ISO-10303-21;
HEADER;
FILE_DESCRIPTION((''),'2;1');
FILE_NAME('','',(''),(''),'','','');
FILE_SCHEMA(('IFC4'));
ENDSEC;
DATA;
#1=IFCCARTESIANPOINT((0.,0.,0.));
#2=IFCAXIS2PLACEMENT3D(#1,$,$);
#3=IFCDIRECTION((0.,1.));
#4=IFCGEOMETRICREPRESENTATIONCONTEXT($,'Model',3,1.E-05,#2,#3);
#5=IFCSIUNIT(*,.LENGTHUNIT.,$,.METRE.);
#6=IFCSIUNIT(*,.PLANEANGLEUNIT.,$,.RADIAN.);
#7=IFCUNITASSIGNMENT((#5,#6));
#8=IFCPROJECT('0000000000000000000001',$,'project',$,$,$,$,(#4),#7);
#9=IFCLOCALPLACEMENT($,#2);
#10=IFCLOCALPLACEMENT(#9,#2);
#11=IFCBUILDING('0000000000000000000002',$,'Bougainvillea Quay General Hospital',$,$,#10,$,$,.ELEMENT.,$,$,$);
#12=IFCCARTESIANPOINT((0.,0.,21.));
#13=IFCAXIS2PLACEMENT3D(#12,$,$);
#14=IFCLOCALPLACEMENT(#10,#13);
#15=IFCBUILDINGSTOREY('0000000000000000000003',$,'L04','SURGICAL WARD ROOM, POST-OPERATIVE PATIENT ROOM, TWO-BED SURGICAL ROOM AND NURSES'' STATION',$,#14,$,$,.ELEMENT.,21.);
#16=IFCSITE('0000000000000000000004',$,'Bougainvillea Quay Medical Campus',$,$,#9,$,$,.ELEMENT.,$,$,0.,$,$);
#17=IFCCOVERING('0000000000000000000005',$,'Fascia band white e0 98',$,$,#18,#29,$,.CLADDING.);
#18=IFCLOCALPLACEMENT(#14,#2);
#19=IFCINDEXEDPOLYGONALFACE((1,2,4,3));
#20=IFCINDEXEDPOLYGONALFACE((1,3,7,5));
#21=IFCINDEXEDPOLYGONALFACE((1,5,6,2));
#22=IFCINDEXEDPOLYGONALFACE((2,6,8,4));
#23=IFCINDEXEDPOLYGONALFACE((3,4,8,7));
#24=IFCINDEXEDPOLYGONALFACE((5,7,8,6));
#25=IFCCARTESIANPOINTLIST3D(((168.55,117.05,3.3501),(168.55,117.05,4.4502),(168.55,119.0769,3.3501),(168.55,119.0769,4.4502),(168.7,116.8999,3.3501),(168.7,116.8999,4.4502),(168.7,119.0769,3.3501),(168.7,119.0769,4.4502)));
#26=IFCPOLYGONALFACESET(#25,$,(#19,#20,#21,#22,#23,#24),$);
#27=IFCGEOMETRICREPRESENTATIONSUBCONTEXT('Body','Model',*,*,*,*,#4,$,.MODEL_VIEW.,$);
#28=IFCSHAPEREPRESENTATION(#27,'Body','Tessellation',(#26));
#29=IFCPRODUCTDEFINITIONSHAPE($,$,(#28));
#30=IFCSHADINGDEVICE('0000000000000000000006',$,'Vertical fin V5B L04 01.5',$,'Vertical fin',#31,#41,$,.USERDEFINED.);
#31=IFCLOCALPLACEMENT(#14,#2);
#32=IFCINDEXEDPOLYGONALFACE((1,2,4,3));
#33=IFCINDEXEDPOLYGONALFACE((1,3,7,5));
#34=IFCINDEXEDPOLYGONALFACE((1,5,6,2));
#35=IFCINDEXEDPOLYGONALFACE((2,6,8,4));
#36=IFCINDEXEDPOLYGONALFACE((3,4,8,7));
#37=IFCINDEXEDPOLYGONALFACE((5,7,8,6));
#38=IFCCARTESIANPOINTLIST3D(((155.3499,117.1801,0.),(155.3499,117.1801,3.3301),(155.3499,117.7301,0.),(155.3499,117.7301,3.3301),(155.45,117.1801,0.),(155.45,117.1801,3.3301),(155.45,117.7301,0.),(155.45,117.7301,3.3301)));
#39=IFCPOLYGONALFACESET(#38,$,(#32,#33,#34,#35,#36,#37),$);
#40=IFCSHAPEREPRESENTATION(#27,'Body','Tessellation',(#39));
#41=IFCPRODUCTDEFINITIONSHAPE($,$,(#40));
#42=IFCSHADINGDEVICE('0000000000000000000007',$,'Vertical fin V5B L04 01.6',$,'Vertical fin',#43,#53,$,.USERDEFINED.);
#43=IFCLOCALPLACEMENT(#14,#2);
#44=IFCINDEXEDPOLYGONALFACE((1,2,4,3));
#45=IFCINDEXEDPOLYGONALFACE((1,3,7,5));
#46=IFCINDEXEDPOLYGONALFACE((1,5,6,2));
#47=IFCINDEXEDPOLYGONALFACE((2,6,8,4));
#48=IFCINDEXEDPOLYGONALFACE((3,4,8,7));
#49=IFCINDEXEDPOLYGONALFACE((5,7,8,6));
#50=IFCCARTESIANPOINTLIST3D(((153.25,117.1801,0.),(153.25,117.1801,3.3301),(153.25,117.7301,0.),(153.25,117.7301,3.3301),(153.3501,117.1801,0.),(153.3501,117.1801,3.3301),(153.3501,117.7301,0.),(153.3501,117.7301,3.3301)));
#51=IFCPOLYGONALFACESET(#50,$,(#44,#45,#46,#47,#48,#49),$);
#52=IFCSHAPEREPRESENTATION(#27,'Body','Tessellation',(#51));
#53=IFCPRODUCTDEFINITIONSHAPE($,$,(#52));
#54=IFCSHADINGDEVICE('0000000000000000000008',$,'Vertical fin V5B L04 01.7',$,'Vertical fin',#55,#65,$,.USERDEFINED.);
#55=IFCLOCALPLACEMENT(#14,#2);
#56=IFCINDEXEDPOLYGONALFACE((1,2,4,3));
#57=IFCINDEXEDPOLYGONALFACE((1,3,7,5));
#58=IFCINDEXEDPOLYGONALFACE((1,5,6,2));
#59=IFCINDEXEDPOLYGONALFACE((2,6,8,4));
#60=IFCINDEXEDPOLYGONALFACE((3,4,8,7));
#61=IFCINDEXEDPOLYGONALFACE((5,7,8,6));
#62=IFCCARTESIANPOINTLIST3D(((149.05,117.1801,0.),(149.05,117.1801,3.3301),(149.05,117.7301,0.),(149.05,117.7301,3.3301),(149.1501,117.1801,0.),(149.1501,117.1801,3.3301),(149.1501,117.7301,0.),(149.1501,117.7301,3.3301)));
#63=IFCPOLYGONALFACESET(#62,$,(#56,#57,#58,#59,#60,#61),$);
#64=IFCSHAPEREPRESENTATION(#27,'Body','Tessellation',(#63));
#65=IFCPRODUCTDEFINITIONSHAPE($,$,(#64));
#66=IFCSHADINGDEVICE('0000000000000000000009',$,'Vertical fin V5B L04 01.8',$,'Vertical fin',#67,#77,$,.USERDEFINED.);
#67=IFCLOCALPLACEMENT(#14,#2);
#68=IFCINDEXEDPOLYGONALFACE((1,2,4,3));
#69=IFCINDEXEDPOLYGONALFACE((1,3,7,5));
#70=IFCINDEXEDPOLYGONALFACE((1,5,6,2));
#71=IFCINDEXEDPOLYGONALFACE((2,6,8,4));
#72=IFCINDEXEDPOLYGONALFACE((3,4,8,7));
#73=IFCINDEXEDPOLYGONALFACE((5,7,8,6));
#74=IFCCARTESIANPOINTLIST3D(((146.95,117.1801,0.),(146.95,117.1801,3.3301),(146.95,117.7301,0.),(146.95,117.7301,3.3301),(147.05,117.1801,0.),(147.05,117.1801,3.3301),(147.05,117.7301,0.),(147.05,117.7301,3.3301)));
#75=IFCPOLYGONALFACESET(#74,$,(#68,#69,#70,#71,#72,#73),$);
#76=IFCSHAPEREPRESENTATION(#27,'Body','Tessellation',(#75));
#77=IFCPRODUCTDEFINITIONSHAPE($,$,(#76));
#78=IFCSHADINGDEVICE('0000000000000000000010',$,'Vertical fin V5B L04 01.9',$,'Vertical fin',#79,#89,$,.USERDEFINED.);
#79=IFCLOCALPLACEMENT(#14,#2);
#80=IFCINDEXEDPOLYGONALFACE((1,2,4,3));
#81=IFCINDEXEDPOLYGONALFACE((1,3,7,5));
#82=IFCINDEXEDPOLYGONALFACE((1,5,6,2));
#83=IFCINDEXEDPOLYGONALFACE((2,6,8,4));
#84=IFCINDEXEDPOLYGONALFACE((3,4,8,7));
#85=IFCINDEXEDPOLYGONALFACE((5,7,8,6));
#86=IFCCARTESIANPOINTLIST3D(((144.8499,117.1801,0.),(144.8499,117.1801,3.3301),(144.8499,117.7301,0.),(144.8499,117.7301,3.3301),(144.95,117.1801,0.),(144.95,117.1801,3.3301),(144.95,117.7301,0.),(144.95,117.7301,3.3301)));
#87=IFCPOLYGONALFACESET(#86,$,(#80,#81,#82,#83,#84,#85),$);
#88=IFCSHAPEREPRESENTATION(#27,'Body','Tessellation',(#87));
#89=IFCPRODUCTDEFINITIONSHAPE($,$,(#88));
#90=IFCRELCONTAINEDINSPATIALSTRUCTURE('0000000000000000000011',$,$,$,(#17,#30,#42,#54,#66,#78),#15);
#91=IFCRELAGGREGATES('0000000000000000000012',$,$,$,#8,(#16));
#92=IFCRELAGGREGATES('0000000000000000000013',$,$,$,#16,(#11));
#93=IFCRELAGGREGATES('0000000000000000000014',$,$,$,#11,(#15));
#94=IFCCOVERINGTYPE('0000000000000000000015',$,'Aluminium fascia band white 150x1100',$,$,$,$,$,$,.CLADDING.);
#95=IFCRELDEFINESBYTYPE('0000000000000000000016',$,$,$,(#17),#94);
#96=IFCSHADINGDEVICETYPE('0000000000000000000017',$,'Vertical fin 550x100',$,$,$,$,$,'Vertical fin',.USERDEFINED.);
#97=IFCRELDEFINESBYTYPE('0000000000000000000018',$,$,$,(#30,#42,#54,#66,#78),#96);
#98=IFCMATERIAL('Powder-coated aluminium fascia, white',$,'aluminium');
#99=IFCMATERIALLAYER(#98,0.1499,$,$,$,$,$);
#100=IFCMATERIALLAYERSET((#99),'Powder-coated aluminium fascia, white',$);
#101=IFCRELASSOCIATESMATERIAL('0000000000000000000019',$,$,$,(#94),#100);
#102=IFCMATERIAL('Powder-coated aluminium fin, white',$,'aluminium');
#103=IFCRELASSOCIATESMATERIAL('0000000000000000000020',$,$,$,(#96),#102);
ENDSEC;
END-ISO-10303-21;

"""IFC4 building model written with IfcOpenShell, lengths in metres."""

from ifc_helpers import new_model, si_unit, direction, frame, origin, origin_2d, place, context, subcontext, project, spatial, polyline, rectangle, outline, extrude, material, layer, layer_set, material_profile, profile_set, type_object, element, save


model = new_model("IFC4")

# Units and contexts
model_context = context("Model", 3, precision=1e-05, world=origin(), true_north=direction((0.0, 1.0)))
body_context = subcontext(model_context, "Body", "Model", "MODEL_VIEW")
ifc_project = project(units=[si_unit("LENGTHUNIT", "METRE"), si_unit("PLANEANGLEUNIT", "RADIAN")], contexts=[model_context])

# Site, building, storey
site_placement = place(None, origin())
site = spatial("IfcSite", under=ifc_project, at=site_placement, Name="Bougainvillea Quay Medical Campus", CompositionType="ELEMENT", RefElevation=0.0)
building_placement = place(site_placement, origin())
building = spatial("IfcBuilding", under=site, at=building_placement, Name="Bougainvillea Quay General Hospital", CompositionType="ELEMENT")
storey_placement = place(building_placement, frame((0.0, 0.0, 21.0)))
storey = spatial("IfcBuildingStorey", under=building, at=storey_placement, Name="L04", Description="SURGICAL WARD ROOM, POST-OPERATIVE PATIENT ROOM, TWO-BED SURGICAL ROOM AND NURSES' STATION", CompositionType="ELEMENT", Elevation=21.0)

# Covering
ifc_material_1 = material(Name="Powder-coated aluminium fascia, white", Category="aluminium")
ifc_layer_1 = layer(ifc_material_1, 0.1499)
ifc_layer_set_1 = layer_set([ifc_layer_1], Name="Powder-coated aluminium fascia, white")
covering_type = type_object("IfcCoveringType", Name="Aluminium fascia band white 150x1100", PredefinedType="CLADDING", material=ifc_layer_set_1)
covering_1_placement = place(storey_placement, frame((168.55, 117.05, 3.3501), z_axis=(0.0, 0.0, 1.0), x_axis=(0.0, 1.0, 0.0)))
element("IfcCovering", 1, at=covering_1_placement, inside=storey, type_object=covering_type, Name="Fascia band white e0 98", PredefinedType="CLADDING", context=body_context, shape_type="SweptSolid", body=[
    extrude(outline(polyline([(0.0, 0.0), (2.0269, 0.0), (2.0269, -0.1499), (-0.1501, -0.1499), (0.0, 0.0)])), origin(), (0.0, 0.0, 1.0), 1.1001),
])

# Shading devices
ifc_material_2 = material(Name="Powder-coated aluminium fin, white", Category="aluminium")
ifc_material_profile = material_profile(ifc_material_2, rectangle(XDim=0.55, YDim=0.1001, at=origin_2d()))
ifc_profile_set = profile_set([ifc_material_profile], Name="Powder-coated aluminium fin, white")
shading_device_type = type_object("IfcShadingDeviceType", Name="Vertical fin 550x100", ElementType="Vertical fin", PredefinedType="USERDEFINED", material=ifc_profile_set)
for number, where, z_axis, x_axis, name in (
    (2, (155.3999, 117.4551, 0.0), (0.0, 0.0, 1.0), (0.0, -1.0, 0.0), "Vertical fin V5B L04 01.5"),
    (3, (153.3, 117.4551, 0.0), (0.0, 0.0, 1.0), (0.0, -1.0, 0.0), "Vertical fin V5B L04 01.6"),
    (4, (149.1001, 117.4551, 0.0), (0.0, 0.0, 1.0), (0.0, -1.0, 0.0), "Vertical fin V5B L04 01.7"),
    (5, (147.0, 117.4551, 0.0), (0.0, 0.0, 1.0), (0.0, -1.0, 0.0), "Vertical fin V5B L04 01.8"),
    (6, (144.8999, 117.4551, 0.0), (0.0, 0.0, 1.0), (0.0, -1.0, 0.0), "Vertical fin V5B L04 01.9"),
):
    element("IfcShadingDevice", number, at=place(storey_placement, frame(where, z_axis=z_axis, x_axis=x_axis)), inside=storey, type_object=shading_device_type, Name=name, ObjectType="Vertical fin", PredefinedType="USERDEFINED", context=body_context, shape_type="SweptSolid", body=[
        extrude(rectangle(XDim=0.55, YDim=0.1001, at=origin_2d()), origin(), (0.0, 0.0, 1.0), 3.3301),
    ])

save(model, "model.ifc")
